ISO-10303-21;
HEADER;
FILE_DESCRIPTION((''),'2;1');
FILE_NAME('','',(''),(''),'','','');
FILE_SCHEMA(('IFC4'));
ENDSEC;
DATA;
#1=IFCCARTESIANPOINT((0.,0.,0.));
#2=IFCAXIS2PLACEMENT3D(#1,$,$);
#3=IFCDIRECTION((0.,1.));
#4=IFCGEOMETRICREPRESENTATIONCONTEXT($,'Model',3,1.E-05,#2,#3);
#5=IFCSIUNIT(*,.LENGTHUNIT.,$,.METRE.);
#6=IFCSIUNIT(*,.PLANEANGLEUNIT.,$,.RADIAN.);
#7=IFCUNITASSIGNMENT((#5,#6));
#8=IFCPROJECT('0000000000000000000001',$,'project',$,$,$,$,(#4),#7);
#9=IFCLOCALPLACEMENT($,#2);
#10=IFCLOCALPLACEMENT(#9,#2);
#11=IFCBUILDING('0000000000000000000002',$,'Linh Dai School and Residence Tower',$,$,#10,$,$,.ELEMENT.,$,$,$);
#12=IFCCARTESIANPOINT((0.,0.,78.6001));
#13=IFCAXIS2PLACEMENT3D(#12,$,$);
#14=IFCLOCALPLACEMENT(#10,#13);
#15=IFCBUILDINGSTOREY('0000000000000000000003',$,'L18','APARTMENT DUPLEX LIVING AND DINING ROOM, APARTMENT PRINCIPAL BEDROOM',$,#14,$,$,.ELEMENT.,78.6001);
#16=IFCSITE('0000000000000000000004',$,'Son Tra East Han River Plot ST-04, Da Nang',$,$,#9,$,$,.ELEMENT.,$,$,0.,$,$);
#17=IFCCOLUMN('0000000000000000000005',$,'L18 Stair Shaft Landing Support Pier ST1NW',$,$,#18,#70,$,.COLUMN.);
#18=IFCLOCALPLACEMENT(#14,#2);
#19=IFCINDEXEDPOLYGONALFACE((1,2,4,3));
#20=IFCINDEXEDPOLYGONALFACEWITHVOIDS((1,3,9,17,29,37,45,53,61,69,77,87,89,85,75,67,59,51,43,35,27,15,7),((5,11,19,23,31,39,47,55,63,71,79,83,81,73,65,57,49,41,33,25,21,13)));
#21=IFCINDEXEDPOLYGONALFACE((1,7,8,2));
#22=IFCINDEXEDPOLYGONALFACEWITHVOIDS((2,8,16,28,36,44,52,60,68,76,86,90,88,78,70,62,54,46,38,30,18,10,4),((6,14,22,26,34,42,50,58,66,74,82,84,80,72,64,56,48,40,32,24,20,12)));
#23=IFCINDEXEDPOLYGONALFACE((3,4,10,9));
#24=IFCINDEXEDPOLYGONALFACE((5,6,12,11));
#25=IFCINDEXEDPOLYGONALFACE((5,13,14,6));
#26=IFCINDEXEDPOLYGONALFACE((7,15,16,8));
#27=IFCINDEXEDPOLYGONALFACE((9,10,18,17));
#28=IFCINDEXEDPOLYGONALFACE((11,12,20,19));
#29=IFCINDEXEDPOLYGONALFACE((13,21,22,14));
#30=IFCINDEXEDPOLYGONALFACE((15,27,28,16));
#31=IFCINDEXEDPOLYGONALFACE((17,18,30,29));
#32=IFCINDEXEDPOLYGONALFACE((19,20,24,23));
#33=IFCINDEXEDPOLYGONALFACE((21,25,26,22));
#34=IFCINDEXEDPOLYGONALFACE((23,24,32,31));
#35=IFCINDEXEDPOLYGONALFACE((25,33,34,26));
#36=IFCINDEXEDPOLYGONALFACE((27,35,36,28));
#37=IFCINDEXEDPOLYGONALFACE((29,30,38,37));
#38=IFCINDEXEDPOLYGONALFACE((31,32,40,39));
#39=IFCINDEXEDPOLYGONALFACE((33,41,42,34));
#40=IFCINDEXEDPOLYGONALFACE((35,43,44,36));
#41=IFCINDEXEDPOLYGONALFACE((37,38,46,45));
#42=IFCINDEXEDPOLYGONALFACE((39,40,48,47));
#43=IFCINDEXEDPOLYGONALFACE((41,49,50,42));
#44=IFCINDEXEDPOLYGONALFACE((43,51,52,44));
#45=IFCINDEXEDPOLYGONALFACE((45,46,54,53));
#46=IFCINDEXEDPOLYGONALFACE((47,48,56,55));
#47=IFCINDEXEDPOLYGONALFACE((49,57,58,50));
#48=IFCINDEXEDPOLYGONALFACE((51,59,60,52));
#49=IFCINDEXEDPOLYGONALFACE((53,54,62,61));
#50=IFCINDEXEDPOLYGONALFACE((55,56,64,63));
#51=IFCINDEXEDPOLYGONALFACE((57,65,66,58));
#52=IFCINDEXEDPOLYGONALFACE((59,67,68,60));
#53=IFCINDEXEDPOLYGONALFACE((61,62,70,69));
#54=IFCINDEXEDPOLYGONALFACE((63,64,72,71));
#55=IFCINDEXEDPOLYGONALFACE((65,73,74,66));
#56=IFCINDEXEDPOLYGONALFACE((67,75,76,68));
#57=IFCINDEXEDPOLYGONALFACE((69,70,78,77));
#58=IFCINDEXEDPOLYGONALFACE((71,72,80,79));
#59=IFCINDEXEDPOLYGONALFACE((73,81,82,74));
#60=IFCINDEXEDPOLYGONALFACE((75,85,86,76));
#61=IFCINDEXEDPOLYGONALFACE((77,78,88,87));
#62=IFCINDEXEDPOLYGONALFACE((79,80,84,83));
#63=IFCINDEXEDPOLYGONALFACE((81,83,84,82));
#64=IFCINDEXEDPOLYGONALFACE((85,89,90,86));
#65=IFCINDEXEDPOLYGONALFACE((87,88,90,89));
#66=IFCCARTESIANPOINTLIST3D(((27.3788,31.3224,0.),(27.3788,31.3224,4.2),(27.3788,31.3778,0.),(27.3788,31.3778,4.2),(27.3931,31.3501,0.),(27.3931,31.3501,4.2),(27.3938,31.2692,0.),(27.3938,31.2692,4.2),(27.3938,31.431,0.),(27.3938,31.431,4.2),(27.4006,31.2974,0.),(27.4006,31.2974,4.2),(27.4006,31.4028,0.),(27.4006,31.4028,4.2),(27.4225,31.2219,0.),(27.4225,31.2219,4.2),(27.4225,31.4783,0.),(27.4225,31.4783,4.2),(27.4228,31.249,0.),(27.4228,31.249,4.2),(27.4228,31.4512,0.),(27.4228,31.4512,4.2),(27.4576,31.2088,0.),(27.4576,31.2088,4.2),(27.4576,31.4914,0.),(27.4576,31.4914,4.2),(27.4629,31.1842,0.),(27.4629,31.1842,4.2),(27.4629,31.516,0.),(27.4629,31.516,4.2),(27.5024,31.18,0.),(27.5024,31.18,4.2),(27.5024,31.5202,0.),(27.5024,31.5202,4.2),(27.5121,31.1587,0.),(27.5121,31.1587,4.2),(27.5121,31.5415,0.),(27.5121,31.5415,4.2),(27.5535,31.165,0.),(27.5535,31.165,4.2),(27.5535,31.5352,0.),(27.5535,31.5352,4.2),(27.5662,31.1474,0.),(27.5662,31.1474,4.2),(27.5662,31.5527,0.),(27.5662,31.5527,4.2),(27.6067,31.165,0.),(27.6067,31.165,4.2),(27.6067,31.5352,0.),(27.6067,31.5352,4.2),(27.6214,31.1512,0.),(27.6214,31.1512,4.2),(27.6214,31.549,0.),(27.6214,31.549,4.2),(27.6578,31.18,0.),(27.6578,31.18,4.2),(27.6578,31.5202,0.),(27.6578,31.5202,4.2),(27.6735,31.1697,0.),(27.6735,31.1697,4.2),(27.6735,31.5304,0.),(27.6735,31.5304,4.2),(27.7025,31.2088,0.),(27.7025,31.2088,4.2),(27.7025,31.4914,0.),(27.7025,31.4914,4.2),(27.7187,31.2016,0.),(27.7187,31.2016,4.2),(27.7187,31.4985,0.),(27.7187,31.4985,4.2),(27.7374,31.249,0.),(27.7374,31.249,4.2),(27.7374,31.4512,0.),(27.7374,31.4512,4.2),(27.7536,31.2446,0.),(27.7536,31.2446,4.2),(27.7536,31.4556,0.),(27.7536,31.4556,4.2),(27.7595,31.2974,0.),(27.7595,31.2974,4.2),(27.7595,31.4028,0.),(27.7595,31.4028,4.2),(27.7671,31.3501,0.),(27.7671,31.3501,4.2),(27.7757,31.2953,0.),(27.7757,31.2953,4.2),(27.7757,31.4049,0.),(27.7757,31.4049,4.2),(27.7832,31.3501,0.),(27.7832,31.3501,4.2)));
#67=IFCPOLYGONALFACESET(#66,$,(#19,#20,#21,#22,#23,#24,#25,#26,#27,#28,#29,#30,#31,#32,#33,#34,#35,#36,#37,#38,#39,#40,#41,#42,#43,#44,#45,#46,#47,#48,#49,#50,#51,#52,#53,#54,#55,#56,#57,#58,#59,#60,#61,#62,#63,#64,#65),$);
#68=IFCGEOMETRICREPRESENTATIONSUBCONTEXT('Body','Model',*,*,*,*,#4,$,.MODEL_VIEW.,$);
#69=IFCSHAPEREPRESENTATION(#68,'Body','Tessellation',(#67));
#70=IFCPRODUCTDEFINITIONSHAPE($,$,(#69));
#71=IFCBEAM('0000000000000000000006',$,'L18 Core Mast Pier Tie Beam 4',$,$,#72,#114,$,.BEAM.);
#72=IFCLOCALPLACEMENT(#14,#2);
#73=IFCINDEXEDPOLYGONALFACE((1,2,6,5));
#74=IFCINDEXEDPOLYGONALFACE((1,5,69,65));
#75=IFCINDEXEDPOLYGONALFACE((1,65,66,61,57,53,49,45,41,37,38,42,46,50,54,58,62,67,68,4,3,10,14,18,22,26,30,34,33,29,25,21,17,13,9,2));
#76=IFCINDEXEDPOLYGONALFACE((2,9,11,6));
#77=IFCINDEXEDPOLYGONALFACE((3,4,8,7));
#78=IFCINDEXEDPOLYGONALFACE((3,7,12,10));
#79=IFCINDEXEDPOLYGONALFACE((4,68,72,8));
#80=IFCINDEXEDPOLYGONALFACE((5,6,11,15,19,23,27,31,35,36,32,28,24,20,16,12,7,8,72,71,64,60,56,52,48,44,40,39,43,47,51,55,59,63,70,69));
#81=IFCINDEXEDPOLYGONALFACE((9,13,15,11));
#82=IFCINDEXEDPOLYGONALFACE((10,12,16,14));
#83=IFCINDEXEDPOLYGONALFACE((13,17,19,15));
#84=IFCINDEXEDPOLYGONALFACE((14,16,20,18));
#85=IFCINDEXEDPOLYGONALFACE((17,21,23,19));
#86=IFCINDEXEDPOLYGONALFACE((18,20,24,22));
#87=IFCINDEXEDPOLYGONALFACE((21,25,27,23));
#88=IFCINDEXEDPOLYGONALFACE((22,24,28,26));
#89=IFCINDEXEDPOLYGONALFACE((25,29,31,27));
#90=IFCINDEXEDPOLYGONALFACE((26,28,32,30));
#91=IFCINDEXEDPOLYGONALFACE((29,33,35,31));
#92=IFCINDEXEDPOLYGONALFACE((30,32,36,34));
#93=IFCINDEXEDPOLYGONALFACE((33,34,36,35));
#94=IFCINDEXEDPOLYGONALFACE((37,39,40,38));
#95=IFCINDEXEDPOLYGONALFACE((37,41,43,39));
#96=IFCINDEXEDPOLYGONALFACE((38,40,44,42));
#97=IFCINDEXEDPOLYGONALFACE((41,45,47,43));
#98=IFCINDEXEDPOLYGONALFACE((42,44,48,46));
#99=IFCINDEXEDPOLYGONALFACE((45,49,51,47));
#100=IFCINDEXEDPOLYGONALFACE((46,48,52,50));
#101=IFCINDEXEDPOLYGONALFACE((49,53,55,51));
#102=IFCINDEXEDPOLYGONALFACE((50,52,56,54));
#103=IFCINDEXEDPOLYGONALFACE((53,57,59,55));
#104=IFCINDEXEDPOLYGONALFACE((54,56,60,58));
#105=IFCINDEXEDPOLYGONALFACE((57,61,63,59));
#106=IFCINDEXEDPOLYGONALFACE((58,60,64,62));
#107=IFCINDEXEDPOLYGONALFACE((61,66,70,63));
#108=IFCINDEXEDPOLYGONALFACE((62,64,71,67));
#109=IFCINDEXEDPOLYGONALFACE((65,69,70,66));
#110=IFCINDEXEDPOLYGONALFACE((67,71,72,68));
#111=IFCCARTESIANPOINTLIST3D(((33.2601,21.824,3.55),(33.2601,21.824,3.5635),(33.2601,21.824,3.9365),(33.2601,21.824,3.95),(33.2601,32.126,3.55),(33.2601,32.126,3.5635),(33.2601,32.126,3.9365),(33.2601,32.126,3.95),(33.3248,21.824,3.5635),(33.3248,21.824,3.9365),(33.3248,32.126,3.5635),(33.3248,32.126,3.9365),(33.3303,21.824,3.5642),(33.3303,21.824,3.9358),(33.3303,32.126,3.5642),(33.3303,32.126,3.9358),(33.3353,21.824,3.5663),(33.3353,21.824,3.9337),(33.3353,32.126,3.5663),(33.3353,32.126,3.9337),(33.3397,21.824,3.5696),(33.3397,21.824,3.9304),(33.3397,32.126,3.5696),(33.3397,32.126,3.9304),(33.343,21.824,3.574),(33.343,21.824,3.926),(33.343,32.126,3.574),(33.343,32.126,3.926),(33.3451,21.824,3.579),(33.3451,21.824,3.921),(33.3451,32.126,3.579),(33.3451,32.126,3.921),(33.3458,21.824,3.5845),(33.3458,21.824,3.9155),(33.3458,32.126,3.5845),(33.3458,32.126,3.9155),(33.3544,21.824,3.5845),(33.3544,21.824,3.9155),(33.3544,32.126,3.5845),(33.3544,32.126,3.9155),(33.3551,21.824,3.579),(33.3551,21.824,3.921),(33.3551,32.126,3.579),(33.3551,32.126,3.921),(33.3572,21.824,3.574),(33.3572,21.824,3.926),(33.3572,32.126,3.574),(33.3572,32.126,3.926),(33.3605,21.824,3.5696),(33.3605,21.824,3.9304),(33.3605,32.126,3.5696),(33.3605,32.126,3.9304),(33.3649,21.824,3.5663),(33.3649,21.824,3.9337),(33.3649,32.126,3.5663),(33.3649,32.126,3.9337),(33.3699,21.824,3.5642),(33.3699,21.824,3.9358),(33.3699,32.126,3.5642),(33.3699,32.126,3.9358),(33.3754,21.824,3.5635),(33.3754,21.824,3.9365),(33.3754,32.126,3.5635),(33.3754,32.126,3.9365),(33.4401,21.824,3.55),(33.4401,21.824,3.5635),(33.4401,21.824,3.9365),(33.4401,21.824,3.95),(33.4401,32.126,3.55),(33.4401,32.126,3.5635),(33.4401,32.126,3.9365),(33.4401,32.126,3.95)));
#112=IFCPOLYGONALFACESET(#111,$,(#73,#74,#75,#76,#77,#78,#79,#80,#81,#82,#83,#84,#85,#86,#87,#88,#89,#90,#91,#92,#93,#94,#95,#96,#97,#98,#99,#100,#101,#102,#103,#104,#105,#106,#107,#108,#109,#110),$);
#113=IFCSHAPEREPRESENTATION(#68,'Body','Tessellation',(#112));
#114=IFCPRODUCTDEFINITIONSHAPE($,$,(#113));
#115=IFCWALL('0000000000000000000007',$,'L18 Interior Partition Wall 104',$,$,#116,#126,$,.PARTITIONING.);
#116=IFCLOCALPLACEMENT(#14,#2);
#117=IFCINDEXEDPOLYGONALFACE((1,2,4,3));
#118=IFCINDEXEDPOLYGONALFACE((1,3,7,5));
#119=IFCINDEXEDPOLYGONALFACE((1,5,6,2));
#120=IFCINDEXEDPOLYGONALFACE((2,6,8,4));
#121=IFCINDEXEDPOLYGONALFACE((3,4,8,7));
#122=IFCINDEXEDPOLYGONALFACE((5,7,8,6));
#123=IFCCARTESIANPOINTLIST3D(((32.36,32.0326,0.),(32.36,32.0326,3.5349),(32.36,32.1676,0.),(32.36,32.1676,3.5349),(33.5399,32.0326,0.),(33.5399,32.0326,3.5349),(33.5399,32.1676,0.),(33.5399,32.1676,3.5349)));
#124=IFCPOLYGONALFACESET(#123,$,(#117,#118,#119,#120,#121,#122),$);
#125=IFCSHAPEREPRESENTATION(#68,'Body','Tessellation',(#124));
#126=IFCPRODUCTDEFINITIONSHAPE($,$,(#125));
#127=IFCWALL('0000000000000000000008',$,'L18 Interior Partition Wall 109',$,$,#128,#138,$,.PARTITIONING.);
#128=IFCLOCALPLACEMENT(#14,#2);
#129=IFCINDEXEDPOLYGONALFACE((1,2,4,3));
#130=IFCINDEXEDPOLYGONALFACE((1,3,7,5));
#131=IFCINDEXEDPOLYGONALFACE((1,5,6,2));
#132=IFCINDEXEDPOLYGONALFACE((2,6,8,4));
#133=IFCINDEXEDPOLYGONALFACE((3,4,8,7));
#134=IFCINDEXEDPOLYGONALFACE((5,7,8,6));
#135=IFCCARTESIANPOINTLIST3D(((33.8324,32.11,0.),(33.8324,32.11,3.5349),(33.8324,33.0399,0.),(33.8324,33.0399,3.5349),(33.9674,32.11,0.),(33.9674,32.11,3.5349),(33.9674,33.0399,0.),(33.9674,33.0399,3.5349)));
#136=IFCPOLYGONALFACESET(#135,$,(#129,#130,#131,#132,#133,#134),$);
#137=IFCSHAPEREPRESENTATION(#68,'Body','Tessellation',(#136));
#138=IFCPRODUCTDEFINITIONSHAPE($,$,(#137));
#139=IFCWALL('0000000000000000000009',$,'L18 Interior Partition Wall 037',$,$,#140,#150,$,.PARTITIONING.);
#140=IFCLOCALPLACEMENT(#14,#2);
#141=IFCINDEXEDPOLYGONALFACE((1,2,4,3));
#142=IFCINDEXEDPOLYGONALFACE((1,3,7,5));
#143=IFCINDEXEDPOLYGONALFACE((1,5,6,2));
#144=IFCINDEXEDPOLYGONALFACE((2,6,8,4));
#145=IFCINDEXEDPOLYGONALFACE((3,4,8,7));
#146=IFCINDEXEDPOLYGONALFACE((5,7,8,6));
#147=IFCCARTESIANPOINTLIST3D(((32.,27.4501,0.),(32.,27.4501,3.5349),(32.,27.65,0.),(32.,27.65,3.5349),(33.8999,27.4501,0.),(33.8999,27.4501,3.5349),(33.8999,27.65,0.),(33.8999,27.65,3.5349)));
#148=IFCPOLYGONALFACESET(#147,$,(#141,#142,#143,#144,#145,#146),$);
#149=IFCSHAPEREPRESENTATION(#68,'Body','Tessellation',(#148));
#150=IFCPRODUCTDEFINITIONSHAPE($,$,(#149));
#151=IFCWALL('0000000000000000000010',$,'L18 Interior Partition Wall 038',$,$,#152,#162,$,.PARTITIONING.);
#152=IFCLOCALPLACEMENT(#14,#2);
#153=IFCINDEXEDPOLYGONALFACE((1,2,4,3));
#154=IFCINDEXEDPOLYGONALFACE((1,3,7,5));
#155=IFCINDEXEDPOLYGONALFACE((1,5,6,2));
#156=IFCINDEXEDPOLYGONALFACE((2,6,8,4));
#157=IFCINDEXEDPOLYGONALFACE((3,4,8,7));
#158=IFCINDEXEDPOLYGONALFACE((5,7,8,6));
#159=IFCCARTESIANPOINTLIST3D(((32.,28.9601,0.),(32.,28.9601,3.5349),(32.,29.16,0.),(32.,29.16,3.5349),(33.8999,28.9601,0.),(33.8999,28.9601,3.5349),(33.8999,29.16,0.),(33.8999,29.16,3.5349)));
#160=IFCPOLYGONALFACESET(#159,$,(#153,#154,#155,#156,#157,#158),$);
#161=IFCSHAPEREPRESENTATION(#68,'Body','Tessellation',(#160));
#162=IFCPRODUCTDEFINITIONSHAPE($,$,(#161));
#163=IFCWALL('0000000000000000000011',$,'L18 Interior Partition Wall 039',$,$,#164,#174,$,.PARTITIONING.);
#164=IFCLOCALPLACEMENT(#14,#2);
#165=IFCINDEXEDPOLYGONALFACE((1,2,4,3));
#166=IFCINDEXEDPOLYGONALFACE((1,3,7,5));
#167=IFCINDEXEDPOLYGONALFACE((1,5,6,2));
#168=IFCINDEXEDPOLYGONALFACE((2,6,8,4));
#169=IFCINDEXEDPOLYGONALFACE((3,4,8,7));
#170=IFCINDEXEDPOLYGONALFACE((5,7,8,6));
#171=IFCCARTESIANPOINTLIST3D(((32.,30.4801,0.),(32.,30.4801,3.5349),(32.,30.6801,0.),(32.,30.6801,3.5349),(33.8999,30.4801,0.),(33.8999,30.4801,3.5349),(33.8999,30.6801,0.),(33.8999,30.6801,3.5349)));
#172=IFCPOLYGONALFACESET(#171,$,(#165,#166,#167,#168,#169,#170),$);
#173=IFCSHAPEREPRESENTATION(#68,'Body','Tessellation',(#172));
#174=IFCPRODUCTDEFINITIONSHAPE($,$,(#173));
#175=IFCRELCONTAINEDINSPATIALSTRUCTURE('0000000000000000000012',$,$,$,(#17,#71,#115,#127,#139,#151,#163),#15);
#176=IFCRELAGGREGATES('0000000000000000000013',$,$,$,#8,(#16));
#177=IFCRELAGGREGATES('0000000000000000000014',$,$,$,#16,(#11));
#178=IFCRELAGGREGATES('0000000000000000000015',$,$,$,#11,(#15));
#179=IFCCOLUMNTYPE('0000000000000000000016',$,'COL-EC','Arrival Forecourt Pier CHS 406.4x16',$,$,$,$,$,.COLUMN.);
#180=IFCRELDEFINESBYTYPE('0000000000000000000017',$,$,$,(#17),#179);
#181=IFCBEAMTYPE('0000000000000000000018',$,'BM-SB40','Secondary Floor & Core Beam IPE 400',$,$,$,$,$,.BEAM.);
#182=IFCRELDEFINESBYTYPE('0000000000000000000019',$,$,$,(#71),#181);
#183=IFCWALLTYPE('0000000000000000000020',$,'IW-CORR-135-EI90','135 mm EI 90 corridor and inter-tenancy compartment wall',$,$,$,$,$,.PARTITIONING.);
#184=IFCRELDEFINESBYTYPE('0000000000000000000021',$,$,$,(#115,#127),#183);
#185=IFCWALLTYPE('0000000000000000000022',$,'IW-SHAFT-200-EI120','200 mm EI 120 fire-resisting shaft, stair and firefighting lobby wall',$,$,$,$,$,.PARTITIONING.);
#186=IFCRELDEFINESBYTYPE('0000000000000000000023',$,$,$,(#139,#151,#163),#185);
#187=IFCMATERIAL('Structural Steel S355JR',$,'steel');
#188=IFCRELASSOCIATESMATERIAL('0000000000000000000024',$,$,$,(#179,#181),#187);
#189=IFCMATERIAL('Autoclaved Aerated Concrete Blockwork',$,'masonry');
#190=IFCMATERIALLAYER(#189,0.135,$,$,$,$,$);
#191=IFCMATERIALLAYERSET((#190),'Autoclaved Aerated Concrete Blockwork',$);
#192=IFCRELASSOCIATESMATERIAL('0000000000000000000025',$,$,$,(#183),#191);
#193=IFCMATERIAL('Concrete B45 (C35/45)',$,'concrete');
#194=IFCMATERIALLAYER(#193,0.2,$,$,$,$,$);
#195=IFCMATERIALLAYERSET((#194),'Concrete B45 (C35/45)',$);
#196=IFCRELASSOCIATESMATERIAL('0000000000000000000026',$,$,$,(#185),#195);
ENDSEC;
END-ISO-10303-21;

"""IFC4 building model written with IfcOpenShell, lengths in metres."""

from ifc_helpers import new_model, si_unit, direction, frame, frame_2d, origin, origin_2d, place, context, subcontext, project, spatial, rectangle, hollow_circle, i_section, extrude, material, layer, layer_set, material_profile, profile_set, type_object, element, save


model = new_model("IFC4")

# Units and contexts
model_context = context("Model", 3, precision=1e-05, world=origin(), true_north=direction((0.0, 1.0)))
body_context = subcontext(model_context, "Body", "Model", "MODEL_VIEW")
ifc_project = project(units=[si_unit("LENGTHUNIT", "METRE"), si_unit("PLANEANGLEUNIT", "RADIAN")], contexts=[model_context])

# Site, building, storey
site_placement = place(None, origin())
site = spatial("IfcSite", under=ifc_project, at=site_placement, Name="Son Tra East Han River Plot ST-04, Da Nang", CompositionType="ELEMENT", RefElevation=0.0)
building_placement = place(site_placement, origin())
building = spatial("IfcBuilding", under=site, at=building_placement, Name="Linh Dai School and Residence Tower", CompositionType="ELEMENT")
storey_placement = place(building_placement, frame((0.0, 0.0, 78.6001)))
storey = spatial("IfcBuildingStorey", under=building, at=storey_placement, Name="L18", Description="APARTMENT DUPLEX LIVING AND DINING ROOM, APARTMENT PRINCIPAL BEDROOM", CompositionType="ELEMENT", Elevation=78.6001)

# Column
ifc_material_1 = material(Name="Structural Steel S355JR", Category="steel")
ifc_material_profile_1 = material_profile(ifc_material_1, hollow_circle(Radius=0.2031, WallThickness=0.0161, at=origin_2d()), Name="CHS 406.4x16")
ifc_profile_set_1 = profile_set([ifc_material_profile_1], Name="Structural Steel S355JR")
column_type = type_object("IfcColumnType", Name="COL-EC", Description="Arrival Forecourt Pier CHS 406.4x16", PredefinedType="COLUMN", material=ifc_profile_set_1)
column_placement = place(storey_placement, frame((27.5801, 31.3501, 0.0), z_axis=(0.0, 0.0, 1.0), x_axis=(1.0, 0.0, 0.0)))
element("IfcColumn", 1, at=column_placement, inside=storey, type_object=column_type, Name="L18 Stair Shaft Landing Support Pier ST1NW", PredefinedType="COLUMN", context=body_context, shape_type="SweptSolid", body=[
    extrude(hollow_circle(Radius=0.2031, WallThickness=0.0161, at=origin_2d()), origin(), (0.0, 0.0, 1.0), 4.2),
])

# Beam
ifc_material_profile_2 = material_profile(ifc_material_1, i_section(OverallWidth=0.1799, OverallDepth=0.3999, WebThickness=0.0085, FlangeThickness=0.0134, FilletRadius=0.021, at=origin_2d()), Name="IPE 400")
ifc_profile_set_2 = profile_set([ifc_material_profile_2], Name="Structural Steel S355JR")
beam_type = type_object("IfcBeamType", Name="BM-SB40", Description="Secondary Floor & Core Beam IPE 400", PredefinedType="BEAM", material=ifc_profile_set_2)
beam_placement = place(storey_placement, frame((33.3501, 32.126, 3.75), z_axis=(0.0, -1.0, 0.0), x_axis=(1.0, 0.0, 0.0)))
element("IfcBeam", 2, at=beam_placement, inside=storey, type_object=beam_type, Name="L18 Core Mast Pier Tie Beam 4", PredefinedType="BEAM", context=body_context, shape_type="SweptSolid", body=[
    extrude(i_section(OverallWidth=0.1799, OverallDepth=0.3999, WebThickness=0.0085, FlangeThickness=0.0134, FilletRadius=0.021, at=origin_2d()), origin(), (0.0, 0.0, 1.0), 10.302),
])

# Walls
ifc_material_2 = material(Name="Autoclaved Aerated Concrete Blockwork", Category="masonry")
ifc_layer_1 = layer(ifc_material_2, 0.135)
ifc_layer_set_1 = layer_set([ifc_layer_1], Name="Autoclaved Aerated Concrete Blockwork")
wall_type_1 = type_object("IfcWallType", Name="IW-CORR-135-EI90", Description="135 mm EI 90 corridor and inter-tenancy compartment wall", PredefinedType="PARTITIONING", material=ifc_layer_set_1)
wall_1_placement = place(storey_placement, frame((32.3601, 32.1001, 0.0), z_axis=(0.0, 0.0, 1.0), x_axis=(1.0, 0.0, 0.0)))
element("IfcWall", 3, at=wall_1_placement, inside=storey, type_object=wall_type_1, Name="L18 Interior Partition Wall 104", PredefinedType="PARTITIONING", context=body_context, shape_type="SweptSolid", body=[
    extrude(rectangle(XDim=1.1799, YDim=0.135, at=frame_2d((0.5898, 0.0))), origin(), (0.0, 0.0, 1.0), 3.5349),
])
wall_2_placement = place(storey_placement, frame((33.8999, 32.1101, 0.0), z_axis=(0.0, 0.0, 1.0), x_axis=(0.0, 1.0, 0.0)))
element("IfcWall", 4, at=wall_2_placement, inside=storey, type_object=wall_type_1, Name="L18 Interior Partition Wall 109", PredefinedType="PARTITIONING", context=body_context, shape_type="SweptSolid", body=[
    extrude(rectangle(XDim=0.9299, YDim=0.135, at=frame_2d((0.4648, 0.0))), origin(), (0.0, 0.0, 1.0), 3.5349),
])
ifc_material_3 = material(Name="Concrete B45 (C35/45)", Category="concrete")
ifc_layer_2 = layer(ifc_material_3, 0.2)
ifc_layer_set_2 = layer_set([ifc_layer_2], Name="Concrete B45 (C35/45)")
wall_type_2 = type_object("IfcWallType", Name="IW-SHAFT-200-EI120", Description="200 mm EI 120 fire-resisting shaft, stair and firefighting lobby wall", PredefinedType="PARTITIONING", material=ifc_layer_set_2)
for number, where, z_axis, x_axis, name in (
    (5, (32.0, 27.55, 0.0), (0.0, 0.0, 1.0), (1.0, 0.0, 0.0), "L18 Interior Partition Wall 037"),
    (6, (32.0, 29.0601, 0.0), (0.0, 0.0, 1.0), (1.0, 0.0, 0.0), "L18 Interior Partition Wall 038"),
    (7, (32.0, 30.5801, 0.0), (0.0, 0.0, 1.0), (1.0, 0.0, 0.0), "L18 Interior Partition Wall 039"),
):
    element("IfcWall", number, at=place(storey_placement, frame(where, z_axis=z_axis, x_axis=x_axis)), inside=storey, type_object=wall_type_2, Name=name, PredefinedType="PARTITIONING", context=body_context, shape_type="SweptSolid", body=[
        extrude(rectangle(XDim=1.8999, YDim=0.2, at=frame_2d((0.95, 0.0))), origin(), (0.0, 0.0, 1.0), 3.5349),
    ])

save(model, "model.ifc")
